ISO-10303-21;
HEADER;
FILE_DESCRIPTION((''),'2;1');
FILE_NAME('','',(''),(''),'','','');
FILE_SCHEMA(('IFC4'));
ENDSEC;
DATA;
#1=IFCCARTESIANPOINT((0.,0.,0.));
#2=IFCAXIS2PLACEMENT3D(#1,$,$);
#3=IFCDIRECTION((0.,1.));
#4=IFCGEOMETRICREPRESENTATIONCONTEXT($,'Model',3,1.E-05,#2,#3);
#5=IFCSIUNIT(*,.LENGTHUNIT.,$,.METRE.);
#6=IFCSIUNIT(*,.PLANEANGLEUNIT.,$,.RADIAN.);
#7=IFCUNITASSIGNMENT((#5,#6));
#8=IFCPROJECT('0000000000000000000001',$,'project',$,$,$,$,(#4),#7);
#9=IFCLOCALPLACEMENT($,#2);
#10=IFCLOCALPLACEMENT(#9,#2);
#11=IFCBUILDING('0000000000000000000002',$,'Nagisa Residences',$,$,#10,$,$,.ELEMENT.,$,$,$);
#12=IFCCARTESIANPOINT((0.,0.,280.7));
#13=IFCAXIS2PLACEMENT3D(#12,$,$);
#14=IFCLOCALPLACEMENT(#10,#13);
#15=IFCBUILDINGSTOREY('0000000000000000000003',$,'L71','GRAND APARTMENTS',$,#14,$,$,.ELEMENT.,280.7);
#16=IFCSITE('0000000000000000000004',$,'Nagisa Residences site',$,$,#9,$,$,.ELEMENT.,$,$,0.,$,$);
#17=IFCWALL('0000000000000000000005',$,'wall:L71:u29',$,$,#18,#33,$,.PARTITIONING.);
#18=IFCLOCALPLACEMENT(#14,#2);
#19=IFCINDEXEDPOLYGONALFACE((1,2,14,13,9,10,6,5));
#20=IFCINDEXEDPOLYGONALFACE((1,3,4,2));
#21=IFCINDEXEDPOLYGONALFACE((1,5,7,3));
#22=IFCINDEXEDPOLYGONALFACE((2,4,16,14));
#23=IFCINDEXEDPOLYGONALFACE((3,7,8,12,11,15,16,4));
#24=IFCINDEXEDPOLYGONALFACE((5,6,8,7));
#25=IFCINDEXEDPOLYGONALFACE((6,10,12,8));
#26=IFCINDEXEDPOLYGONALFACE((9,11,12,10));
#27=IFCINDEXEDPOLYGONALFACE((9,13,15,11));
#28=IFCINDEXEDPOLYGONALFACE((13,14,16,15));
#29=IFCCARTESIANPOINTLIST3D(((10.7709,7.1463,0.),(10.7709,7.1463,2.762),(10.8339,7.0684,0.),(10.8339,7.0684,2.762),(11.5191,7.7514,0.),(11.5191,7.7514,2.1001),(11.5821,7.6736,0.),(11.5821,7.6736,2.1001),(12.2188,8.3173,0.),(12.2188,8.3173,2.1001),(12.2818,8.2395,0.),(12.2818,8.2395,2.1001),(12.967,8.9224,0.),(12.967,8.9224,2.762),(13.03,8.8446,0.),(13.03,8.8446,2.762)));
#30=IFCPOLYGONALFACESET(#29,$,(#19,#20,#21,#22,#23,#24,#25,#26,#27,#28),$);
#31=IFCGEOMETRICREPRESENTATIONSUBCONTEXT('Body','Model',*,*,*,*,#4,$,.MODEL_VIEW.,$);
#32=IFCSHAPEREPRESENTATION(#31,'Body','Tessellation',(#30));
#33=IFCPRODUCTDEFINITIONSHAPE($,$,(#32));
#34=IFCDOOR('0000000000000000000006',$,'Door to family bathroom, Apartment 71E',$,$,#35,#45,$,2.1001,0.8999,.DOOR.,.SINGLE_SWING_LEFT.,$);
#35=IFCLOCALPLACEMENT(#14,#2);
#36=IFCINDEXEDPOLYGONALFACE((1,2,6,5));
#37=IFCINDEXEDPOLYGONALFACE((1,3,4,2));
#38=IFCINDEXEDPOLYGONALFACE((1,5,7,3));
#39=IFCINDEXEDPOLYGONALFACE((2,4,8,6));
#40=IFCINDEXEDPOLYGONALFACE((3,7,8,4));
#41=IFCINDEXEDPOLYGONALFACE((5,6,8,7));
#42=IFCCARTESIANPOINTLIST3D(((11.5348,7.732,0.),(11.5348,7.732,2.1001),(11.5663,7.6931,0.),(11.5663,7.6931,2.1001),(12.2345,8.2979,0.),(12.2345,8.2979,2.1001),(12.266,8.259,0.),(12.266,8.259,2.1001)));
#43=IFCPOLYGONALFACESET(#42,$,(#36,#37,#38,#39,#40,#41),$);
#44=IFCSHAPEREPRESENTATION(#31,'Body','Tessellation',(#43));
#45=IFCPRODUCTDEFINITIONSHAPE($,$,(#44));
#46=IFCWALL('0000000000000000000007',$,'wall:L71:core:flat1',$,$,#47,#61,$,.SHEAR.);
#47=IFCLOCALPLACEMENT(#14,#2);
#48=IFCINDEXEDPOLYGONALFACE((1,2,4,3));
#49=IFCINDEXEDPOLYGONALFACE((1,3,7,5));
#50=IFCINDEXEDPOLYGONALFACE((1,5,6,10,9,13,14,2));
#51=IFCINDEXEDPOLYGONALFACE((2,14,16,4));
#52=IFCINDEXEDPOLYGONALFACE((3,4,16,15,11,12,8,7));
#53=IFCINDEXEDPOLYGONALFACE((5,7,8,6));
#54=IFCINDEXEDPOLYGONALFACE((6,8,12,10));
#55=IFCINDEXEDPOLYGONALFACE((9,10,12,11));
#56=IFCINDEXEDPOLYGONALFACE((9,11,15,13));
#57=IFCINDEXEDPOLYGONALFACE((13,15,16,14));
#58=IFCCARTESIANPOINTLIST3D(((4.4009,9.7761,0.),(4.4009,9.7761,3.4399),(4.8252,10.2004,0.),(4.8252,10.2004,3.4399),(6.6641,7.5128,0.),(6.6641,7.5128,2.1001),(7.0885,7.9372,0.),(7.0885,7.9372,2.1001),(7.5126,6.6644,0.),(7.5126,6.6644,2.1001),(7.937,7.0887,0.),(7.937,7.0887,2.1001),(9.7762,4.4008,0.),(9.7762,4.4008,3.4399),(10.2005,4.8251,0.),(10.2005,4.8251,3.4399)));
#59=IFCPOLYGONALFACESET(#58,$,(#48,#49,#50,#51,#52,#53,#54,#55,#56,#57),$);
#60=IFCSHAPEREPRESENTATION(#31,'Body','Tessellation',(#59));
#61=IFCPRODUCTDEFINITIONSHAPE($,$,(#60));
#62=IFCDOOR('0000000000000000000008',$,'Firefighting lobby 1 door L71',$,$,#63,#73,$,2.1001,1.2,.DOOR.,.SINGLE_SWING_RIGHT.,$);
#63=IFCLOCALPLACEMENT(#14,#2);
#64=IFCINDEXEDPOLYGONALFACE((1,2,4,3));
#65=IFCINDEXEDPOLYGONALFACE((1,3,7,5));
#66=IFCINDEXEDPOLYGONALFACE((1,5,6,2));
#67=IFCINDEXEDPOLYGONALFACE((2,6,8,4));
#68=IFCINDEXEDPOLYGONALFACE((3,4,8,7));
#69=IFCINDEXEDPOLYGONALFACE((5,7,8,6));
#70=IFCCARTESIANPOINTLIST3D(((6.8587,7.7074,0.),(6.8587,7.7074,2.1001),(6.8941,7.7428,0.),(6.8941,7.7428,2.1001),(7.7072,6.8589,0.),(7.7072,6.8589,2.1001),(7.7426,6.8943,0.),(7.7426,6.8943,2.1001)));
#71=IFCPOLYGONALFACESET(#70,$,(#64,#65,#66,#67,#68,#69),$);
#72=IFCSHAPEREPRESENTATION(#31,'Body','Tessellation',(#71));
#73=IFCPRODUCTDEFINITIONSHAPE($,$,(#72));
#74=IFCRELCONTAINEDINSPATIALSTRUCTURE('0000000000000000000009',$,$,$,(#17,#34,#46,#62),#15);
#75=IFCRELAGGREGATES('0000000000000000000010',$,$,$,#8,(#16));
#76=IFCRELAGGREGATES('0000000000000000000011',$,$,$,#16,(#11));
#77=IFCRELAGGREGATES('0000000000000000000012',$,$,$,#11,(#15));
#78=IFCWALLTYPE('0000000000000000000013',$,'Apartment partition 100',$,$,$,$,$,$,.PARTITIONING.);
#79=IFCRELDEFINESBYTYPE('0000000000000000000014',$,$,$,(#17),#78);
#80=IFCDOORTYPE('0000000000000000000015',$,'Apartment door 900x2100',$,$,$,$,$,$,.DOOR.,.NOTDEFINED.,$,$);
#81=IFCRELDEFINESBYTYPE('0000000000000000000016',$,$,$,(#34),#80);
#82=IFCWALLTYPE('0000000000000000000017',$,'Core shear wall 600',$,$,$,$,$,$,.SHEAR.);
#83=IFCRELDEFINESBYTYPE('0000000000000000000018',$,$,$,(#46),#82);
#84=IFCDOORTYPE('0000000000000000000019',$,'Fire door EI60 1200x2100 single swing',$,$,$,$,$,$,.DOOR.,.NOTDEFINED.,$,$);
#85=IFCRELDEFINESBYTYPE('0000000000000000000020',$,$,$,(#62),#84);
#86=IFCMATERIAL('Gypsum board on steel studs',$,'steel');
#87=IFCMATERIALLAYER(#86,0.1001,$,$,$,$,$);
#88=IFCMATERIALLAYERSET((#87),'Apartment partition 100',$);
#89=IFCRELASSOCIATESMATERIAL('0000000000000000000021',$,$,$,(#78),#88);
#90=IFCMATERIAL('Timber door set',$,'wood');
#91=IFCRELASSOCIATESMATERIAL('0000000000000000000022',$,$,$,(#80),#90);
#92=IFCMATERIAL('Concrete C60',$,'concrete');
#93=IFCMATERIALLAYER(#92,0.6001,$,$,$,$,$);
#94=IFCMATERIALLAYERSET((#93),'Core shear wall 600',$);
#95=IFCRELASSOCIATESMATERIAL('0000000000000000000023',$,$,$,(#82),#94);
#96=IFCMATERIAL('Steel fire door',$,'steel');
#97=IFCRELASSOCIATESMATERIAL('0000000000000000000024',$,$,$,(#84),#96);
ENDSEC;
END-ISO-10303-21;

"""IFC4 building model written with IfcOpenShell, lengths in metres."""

from ifc_helpers import new_model, si_unit, direction, frame, frame_2d, origin, place, context, subcontext, project, spatial, rectangle, extrude, material, layer, layer_set, type_object, element, fill, save


model = new_model("IFC4")

# Units and contexts
model_context = context("Model", 3, precision=1e-05, world=origin(), true_north=direction((0.0, 1.0)))
body_context = subcontext(model_context, "Body", "Model", "MODEL_VIEW")
ifc_project = project(units=[si_unit("LENGTHUNIT", "METRE"), si_unit("PLANEANGLEUNIT", "RADIAN")], contexts=[model_context])

# Site, building, storey
site_placement = place(None, origin())
site = spatial("IfcSite", under=ifc_project, at=site_placement, Name="Nagisa Residences site", CompositionType="ELEMENT", RefElevation=0.0)
building_placement = place(site_placement, origin())
building = spatial("IfcBuilding", under=site, at=building_placement, Name="Nagisa Residences", CompositionType="ELEMENT")
storey_placement = place(building_placement, frame((0.0, 0.0, 280.7)))
storey = spatial("IfcBuildingStorey", under=building, at=storey_placement, Name="L71", Description="GRAND APARTMENTS", CompositionType="ELEMENT", Elevation=280.7)

# Shared definitions
ifc_material_1 = material(Name="Gypsum board on steel studs", Category="steel")
ifc_layer_1 = layer(ifc_material_1, 0.1001)
ifc_layer_set_1 = layer_set([ifc_layer_1], Name="Apartment partition 100")
wall_type_1 = type_object("IfcWallType", Name="Apartment partition 100", PredefinedType="PARTITIONING", material=ifc_layer_set_1)

# Shared definitions
ifc_material_2 = material(Name="Timber door set", Category="wood")
door_type_1 = type_object("IfcDoorType", Name="Apartment door 900x2100", OperationType="NOTDEFINED", PredefinedType="DOOR", material=ifc_material_2)

# Walls, openings, doors
wall_1_placement = place(storey_placement, frame((10.8025, 7.1074, 0.0), z_axis=(0.0, 0.0, 1.0), x_axis=(0.777527, 0.62885, 0.0)))
wall_1 = element("IfcWall", 1, at=wall_1_placement, inside=storey, type_object=wall_type_1, Name="wall:L71:u29", PredefinedType="PARTITIONING", context=body_context, shape_type="SweptSolid", body=[
    extrude(rectangle(XDim=2.8245, YDim=0.1001, at=frame_2d((1.4121, 0.0))), origin(), (0.0, 0.0, 1.0), 2.762),
])
opening_1_placement = place(wall_1_placement, frame((0.9622, 0.0, 0.0)))
opening_1 = element("IfcOpeningElement", 2, at=opening_1_placement, cuts=wall_1, PredefinedType="OPENING", context=body_context, shape_type="SweptSolid", body=[
    extrude(rectangle(XDim=0.8999, YDim=2.1001, at=frame_2d((0.45, 1.05))), frame((0.0, 0.0601, 0.0), z_axis=(0.0, -1.0, 0.0), x_axis=(1.0, 0.0, 0.0)), (0.0, 0.0, 1.0), 0.1201),
])
door_1_placement = place(opening_1_placement, frame((0.8999, 0.0, 0.0), x_axis=(-1.0, 0.0, 0.0)))
door_1 = element("IfcDoor", 3, at=door_1_placement, inside=storey, type_object=door_type_1, Name="Door to family bathroom, Apartment 71E", OperationType="SINGLE_SWING_LEFT", OverallHeight=2.1001, OverallWidth=0.8999, PredefinedType="DOOR", context=body_context, shape_type="SweptSolid", body=[
    extrude(rectangle(XDim=0.8999, YDim=2.1001, at=frame_2d((0.45, 1.05))), frame((0.0, 0.0249, 0.0), z_axis=(0.0, -1.0, 0.0), x_axis=(1.0, 0.0, 0.0)), (0.0, 0.0, 1.0), 0.05),
])
fill(opening_1, door_1)
ifc_material_3 = material(Name="Concrete C60", Category="concrete")
ifc_layer_2 = layer(ifc_material_3, 0.6001)
ifc_layer_set_2 = layer_set([ifc_layer_2], Name="Core shear wall 600")
wall_type_2 = type_object("IfcWallType", Name="Core shear wall 600", PredefinedType="SHEAR", material=ifc_layer_set_2)
wall_2_placement = place(storey_placement, frame((9.9883, 4.613, 0.0), z_axis=(0.0, 0.0, 1.0), x_axis=(-0.707107, 0.707107, 0.0)))
wall_2 = element("IfcWall", 4, at=wall_2_placement, inside=storey, type_object=wall_type_2, Name="wall:L71:core:flat1", PredefinedType="SHEAR", context=body_context, shape_type="SweptSolid", body=[
    extrude(rectangle(XDim=7.6018, YDim=0.6001, at=frame_2d((3.8008, 0.0))), origin(), (0.0, 0.0, 1.0), 3.4399),
])
opening_2_placement = place(wall_2_placement, frame((3.2009, 0.0, 0.0)))
opening_2 = element("IfcOpeningElement", 5, at=opening_2_placement, cuts=wall_2, PredefinedType="OPENING", context=body_context, shape_type="SweptSolid", body=[
    extrude(rectangle(XDim=1.2, YDim=2.1001, at=frame_2d((0.6001, 1.05))), frame((0.0, 0.3101, 0.0), z_axis=(0.0, -1.0, 0.0), x_axis=(1.0, 0.0, 0.0)), (0.0, 0.0, 1.0), 0.6201),
])
ifc_material_4 = material(Name="Steel fire door", Category="steel")
door_type_2 = type_object("IfcDoorType", Name="Fire door EI60 1200x2100 single swing", OperationType="NOTDEFINED", PredefinedType="DOOR", material=ifc_material_4)
door_2_placement = place(opening_2_placement, origin())
door_2 = element("IfcDoor", 6, at=door_2_placement, inside=storey, type_object=door_type_2, Name="Firefighting lobby 1 door L71", OperationType="SINGLE_SWING_RIGHT", OverallHeight=2.1001, OverallWidth=1.2, PredefinedType="DOOR", context=body_context, shape_type="SweptSolid", body=[
    extrude(rectangle(XDim=1.2, YDim=2.1001, at=frame_2d((0.6001, 1.05))), frame((0.0, 0.0249, 0.0), z_axis=(0.0, -1.0, 0.0), x_axis=(1.0, 0.0, 0.0)), (0.0, 0.0, 1.0), 0.05),
])
fill(opening_2, door_2)

save(model, "model.ifc")
